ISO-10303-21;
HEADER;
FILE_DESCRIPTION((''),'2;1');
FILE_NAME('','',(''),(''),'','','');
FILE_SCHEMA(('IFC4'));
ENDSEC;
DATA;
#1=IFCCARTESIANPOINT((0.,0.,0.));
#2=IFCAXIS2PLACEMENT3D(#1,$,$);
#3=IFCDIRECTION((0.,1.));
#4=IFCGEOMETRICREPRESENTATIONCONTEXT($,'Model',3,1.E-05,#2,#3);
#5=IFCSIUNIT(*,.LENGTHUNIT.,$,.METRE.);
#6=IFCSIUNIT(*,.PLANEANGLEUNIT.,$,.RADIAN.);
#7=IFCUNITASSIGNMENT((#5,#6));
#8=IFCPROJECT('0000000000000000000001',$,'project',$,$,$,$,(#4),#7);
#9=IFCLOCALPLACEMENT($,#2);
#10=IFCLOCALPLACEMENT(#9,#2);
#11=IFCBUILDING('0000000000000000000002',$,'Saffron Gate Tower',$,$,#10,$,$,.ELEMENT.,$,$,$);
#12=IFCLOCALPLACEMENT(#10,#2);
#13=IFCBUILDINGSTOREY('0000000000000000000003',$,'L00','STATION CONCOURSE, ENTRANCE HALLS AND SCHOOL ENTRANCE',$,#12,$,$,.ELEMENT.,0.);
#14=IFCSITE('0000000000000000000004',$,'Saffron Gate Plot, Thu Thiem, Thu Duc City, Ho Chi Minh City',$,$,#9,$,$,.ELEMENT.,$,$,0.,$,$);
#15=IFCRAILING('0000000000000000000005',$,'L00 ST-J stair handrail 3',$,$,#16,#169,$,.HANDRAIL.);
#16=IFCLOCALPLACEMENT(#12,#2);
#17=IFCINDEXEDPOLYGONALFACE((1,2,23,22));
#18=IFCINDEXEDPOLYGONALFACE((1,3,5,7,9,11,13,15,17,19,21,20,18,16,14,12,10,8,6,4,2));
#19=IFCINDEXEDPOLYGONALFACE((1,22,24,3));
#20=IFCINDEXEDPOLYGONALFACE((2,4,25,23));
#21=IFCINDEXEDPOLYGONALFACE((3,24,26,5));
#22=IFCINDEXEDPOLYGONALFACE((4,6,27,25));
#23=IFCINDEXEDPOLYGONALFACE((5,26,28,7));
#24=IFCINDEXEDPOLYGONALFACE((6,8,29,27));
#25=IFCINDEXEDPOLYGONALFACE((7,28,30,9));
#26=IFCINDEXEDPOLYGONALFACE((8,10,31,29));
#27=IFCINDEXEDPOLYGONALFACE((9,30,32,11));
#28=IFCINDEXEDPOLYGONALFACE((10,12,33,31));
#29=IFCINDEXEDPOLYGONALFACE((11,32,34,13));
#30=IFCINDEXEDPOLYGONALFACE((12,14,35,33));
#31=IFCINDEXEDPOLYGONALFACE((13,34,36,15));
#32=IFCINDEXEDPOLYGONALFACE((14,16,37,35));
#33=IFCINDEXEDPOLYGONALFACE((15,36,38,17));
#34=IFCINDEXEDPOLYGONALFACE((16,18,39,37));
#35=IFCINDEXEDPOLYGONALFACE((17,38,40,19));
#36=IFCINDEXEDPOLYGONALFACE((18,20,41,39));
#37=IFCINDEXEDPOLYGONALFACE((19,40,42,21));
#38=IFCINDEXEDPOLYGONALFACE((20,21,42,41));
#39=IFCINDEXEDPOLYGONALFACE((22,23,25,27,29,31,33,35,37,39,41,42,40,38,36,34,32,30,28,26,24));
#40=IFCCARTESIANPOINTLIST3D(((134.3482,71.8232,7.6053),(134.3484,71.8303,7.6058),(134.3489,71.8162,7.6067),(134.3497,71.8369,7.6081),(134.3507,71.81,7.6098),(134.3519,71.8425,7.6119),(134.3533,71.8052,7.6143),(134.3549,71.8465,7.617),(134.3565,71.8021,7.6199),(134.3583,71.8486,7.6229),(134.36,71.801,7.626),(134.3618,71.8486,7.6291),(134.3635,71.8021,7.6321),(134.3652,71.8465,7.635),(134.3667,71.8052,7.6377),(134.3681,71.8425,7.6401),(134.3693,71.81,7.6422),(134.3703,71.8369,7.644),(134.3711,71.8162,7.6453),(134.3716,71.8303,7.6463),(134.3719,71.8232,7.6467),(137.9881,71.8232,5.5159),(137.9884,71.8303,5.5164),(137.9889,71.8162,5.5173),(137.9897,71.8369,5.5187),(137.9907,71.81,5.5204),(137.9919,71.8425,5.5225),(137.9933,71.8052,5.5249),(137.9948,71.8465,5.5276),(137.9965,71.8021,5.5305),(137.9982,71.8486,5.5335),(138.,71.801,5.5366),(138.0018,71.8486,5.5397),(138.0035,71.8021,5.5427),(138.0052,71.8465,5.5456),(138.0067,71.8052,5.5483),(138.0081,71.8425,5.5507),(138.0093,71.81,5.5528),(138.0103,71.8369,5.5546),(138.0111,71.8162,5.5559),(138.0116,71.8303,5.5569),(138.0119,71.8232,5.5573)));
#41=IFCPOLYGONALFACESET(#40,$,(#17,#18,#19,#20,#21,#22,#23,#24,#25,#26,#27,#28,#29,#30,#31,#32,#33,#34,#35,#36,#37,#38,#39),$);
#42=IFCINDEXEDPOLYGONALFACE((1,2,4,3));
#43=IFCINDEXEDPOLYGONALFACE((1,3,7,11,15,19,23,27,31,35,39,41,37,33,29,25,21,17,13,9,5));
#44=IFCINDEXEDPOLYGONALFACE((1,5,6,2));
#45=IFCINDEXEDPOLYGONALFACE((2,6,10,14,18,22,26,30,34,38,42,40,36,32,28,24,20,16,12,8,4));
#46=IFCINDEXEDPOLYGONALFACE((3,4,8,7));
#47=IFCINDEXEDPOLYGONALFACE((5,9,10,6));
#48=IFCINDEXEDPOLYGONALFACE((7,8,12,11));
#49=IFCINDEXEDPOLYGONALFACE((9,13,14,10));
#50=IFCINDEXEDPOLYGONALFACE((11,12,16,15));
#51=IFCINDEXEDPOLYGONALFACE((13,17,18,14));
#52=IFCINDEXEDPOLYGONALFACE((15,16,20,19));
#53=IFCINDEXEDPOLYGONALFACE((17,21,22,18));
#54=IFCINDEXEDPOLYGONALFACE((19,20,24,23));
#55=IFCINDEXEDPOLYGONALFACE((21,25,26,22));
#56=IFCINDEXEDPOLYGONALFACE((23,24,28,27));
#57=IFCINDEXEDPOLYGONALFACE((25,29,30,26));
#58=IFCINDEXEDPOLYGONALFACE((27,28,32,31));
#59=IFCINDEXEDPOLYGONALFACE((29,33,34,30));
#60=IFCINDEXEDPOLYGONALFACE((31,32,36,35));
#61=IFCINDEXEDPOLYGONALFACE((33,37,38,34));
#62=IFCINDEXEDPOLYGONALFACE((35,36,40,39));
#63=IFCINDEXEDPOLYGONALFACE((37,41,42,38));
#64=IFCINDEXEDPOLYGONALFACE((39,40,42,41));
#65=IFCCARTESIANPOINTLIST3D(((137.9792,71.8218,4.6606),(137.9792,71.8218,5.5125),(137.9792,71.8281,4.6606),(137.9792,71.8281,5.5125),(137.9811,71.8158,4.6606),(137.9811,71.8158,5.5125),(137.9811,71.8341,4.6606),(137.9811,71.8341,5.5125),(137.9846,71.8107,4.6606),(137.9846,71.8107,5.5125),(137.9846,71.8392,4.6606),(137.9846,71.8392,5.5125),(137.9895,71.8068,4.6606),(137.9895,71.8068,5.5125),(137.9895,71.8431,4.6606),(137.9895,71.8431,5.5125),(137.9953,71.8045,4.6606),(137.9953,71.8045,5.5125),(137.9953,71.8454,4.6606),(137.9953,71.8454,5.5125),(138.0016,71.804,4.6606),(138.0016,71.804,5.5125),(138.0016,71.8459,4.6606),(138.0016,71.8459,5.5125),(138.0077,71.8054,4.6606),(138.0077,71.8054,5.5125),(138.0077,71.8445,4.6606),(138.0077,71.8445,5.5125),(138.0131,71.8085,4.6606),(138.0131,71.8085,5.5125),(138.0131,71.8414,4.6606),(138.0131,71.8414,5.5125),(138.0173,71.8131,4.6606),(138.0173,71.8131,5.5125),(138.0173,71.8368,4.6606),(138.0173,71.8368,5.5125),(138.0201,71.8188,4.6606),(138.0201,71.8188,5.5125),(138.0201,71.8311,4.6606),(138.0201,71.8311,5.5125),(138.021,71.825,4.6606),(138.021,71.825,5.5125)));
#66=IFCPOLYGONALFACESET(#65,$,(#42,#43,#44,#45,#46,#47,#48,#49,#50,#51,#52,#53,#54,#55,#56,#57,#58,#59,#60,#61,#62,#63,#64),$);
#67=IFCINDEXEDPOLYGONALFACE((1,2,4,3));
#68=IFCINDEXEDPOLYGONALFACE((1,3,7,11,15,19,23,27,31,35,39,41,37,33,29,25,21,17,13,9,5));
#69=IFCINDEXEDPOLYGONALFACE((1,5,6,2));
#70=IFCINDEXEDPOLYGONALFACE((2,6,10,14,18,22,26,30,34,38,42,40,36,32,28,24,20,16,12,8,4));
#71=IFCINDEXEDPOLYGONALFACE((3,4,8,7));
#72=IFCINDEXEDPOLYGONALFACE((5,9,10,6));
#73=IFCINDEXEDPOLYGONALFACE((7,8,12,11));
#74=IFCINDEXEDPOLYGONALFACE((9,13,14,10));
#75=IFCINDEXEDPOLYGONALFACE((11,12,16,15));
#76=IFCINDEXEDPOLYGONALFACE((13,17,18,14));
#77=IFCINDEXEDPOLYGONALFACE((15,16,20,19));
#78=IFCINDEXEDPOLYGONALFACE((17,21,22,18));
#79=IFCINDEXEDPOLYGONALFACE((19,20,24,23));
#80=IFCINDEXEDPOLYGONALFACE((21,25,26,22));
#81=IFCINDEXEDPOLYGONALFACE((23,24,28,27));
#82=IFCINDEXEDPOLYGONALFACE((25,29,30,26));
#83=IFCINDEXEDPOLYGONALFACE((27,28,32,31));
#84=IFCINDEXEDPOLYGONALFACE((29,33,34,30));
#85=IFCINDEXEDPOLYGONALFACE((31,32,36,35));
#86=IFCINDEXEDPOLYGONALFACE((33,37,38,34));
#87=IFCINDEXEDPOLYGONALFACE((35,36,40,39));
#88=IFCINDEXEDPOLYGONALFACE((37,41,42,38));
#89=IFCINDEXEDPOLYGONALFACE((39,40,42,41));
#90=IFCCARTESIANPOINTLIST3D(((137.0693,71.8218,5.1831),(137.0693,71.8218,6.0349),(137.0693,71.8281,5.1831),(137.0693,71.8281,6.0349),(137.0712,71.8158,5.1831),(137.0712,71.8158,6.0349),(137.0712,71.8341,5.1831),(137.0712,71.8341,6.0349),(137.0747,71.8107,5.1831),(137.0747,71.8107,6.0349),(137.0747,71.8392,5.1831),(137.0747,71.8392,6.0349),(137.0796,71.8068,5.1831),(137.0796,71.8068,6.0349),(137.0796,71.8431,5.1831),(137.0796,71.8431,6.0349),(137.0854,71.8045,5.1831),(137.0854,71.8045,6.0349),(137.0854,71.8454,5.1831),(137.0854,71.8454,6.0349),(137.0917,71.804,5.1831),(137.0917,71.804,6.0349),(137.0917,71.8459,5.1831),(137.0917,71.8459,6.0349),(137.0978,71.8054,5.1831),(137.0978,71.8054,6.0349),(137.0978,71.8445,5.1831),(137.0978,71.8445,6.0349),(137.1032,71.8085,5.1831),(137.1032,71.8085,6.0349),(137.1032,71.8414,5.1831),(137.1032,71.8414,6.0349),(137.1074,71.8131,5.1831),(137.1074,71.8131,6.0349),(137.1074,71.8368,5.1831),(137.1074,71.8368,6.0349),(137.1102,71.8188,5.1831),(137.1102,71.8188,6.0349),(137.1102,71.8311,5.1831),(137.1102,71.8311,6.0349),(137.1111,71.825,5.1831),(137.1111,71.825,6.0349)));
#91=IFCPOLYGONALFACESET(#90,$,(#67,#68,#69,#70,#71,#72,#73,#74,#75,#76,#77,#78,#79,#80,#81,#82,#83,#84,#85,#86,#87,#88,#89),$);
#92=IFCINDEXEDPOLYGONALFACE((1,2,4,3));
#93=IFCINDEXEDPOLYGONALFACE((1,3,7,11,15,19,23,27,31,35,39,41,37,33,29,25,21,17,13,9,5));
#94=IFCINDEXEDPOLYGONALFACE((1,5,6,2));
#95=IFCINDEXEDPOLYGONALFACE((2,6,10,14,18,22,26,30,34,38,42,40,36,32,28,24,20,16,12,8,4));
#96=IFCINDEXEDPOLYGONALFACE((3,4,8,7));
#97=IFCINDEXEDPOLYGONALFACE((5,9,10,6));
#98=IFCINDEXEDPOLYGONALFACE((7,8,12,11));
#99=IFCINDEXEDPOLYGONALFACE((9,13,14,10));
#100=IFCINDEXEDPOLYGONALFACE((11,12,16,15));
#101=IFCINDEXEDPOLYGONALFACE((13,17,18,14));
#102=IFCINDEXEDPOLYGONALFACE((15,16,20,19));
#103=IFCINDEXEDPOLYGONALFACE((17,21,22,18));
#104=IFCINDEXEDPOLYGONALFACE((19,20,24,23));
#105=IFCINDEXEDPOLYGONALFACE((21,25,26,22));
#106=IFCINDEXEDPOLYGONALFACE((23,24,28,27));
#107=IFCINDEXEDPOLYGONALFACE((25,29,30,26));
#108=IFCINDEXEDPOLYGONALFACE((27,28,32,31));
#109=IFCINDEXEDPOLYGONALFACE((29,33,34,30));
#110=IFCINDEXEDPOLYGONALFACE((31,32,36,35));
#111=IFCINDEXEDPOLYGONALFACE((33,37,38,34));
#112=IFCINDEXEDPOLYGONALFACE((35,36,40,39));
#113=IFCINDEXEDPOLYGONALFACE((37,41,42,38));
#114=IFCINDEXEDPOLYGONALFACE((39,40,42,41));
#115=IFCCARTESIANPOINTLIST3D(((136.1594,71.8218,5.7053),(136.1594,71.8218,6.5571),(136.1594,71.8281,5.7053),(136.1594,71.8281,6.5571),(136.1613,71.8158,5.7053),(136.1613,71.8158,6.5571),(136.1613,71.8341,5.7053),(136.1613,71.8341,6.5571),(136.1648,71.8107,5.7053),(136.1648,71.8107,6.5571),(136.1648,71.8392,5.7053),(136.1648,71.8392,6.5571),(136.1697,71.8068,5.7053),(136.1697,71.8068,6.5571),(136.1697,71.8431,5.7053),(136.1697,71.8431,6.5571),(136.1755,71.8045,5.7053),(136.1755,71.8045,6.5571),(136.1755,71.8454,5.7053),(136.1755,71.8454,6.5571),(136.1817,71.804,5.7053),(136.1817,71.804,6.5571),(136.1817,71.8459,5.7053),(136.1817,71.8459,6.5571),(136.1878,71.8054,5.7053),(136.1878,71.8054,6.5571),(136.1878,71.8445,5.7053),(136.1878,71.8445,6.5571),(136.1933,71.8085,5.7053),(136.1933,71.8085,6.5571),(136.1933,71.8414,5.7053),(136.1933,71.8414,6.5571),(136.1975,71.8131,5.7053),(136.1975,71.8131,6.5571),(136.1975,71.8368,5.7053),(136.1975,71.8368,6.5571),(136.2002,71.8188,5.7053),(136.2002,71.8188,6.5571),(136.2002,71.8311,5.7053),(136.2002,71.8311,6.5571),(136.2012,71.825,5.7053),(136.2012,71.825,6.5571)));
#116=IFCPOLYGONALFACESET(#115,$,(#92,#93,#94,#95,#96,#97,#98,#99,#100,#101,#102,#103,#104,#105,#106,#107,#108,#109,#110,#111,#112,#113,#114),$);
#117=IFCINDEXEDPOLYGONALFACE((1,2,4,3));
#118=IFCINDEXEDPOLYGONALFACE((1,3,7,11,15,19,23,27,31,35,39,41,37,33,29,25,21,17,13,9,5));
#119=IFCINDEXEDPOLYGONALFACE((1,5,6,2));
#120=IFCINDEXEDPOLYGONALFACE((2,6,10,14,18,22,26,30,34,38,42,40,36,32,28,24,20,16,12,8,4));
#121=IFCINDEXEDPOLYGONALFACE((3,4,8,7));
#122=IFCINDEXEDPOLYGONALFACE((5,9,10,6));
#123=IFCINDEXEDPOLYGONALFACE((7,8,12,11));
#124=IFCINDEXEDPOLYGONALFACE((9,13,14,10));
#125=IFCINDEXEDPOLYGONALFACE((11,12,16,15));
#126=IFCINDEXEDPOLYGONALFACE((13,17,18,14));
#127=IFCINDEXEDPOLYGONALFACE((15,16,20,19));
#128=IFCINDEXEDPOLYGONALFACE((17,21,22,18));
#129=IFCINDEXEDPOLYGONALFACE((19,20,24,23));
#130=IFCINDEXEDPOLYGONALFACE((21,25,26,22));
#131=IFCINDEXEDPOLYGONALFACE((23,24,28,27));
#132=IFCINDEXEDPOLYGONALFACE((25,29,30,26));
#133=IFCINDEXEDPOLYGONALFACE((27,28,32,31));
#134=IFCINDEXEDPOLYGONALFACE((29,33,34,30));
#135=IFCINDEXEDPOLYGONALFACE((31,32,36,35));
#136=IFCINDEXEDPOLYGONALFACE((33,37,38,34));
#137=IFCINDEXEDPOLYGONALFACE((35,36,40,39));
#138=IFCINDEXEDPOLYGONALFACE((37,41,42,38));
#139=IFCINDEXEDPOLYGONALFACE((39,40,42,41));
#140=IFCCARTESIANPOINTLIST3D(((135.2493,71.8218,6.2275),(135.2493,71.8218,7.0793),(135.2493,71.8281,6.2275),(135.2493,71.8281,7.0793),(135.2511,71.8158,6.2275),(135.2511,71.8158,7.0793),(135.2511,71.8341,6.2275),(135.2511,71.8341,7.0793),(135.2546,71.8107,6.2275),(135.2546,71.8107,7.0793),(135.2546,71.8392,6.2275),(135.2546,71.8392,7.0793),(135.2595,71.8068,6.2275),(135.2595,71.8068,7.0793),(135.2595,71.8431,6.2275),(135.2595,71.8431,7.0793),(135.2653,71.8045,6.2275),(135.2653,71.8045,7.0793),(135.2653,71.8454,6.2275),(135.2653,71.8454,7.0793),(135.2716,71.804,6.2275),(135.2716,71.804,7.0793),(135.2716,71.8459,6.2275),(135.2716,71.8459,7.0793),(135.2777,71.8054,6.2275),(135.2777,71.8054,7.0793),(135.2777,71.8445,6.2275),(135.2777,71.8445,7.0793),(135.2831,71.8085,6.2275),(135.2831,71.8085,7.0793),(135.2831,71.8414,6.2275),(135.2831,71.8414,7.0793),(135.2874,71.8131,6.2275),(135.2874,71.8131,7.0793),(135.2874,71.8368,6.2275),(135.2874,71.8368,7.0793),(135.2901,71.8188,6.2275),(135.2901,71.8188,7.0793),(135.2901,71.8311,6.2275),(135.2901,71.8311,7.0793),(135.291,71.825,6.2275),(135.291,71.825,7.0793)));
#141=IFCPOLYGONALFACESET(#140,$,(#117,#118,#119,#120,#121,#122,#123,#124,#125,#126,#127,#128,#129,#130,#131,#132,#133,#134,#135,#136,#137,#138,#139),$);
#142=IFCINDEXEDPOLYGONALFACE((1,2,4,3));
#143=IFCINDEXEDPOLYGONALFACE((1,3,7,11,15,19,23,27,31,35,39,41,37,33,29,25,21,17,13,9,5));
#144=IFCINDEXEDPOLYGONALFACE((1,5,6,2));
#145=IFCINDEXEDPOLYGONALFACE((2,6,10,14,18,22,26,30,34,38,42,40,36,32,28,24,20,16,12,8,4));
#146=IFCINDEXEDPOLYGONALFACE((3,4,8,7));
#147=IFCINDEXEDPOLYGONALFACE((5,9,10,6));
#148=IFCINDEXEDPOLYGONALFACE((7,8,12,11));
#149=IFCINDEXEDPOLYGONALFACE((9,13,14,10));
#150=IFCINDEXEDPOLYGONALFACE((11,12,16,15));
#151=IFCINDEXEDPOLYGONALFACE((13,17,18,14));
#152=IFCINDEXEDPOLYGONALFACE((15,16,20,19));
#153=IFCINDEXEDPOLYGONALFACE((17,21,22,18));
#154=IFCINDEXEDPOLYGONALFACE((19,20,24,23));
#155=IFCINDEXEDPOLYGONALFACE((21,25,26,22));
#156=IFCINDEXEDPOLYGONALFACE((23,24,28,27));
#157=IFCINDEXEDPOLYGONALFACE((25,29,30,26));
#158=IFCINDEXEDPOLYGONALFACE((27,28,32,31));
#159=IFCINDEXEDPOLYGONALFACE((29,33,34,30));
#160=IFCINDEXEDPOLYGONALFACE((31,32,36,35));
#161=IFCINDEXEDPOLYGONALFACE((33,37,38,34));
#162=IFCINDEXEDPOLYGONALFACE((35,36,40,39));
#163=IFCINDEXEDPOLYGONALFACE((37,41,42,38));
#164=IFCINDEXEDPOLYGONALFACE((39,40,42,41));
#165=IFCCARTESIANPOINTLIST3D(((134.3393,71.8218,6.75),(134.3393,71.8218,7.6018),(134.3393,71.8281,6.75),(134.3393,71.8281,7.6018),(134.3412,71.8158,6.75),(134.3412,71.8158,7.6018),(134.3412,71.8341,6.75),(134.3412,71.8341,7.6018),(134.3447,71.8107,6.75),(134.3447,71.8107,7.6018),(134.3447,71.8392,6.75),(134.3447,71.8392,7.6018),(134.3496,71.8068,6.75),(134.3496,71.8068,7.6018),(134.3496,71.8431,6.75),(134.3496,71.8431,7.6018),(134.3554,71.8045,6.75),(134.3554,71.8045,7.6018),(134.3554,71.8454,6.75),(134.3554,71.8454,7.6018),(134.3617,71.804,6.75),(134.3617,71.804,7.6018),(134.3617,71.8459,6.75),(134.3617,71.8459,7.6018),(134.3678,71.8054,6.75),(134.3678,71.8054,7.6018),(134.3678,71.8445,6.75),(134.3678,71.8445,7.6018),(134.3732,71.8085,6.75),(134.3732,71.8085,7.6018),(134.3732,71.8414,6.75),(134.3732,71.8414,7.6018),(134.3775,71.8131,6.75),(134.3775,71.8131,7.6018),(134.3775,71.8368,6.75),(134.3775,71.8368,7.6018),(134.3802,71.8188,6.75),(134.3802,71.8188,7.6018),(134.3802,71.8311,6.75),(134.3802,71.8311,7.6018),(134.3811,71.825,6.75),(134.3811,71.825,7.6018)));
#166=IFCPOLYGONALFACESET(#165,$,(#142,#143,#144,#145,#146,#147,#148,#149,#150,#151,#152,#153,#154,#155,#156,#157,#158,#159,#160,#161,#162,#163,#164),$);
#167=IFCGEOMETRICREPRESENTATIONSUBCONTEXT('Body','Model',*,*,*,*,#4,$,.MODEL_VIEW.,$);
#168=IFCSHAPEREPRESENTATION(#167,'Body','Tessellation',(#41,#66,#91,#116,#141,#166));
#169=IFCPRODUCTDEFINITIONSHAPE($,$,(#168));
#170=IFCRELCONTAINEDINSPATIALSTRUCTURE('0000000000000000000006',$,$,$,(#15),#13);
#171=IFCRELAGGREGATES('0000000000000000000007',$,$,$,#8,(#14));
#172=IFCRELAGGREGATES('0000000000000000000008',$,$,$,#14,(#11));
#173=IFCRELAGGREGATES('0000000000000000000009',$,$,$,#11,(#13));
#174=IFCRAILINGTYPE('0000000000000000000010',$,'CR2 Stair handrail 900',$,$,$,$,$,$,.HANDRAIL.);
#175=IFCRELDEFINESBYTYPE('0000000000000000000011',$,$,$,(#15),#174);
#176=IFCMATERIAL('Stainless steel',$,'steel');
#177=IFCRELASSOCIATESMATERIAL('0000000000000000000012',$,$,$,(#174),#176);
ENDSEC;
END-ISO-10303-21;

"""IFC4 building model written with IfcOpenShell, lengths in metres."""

from ifc_helpers import new_model, si_unit, direction, frame, origin, origin_2d, place, context, subcontext, project, spatial, circle, extrude, material, type_object, element, save


model = new_model("IFC4")

# Units and contexts
model_context = context("Model", 3, precision=1e-05, world=origin(), true_north=direction((0.0, 1.0)))
body_context = subcontext(model_context, "Body", "Model", "MODEL_VIEW")
ifc_project = project(units=[si_unit("LENGTHUNIT", "METRE"), si_unit("PLANEANGLEUNIT", "RADIAN")], contexts=[model_context])

# Site, building, storey
site_placement = place(None, origin())
site = spatial("IfcSite", under=ifc_project, at=site_placement, Name="Saffron Gate Plot, Thu Thiem, Thu Duc City, Ho Chi Minh City", CompositionType="ELEMENT", RefElevation=0.0)
building_placement = place(site_placement, origin())
building = spatial("IfcBuilding", under=site, at=building_placement, Name="Saffron Gate Tower", CompositionType="ELEMENT")
storey_placement = place(building_placement, origin())
storey = spatial("IfcBuildingStorey", under=building, at=storey_placement, Name="L00", Description="STATION CONCOURSE, ENTRANCE HALLS AND SCHOOL ENTRANCE", CompositionType="ELEMENT", Elevation=0.0)

# Railing
ifc_material_1 = material(Name="Stainless steel", Category="steel")
railing_type_1 = type_object("IfcRailingType", Name="CR2 Stair handrail 900", PredefinedType="HANDRAIL", material=ifc_material_1)
railing_1_placement = place(storey_placement, frame((138.0, 71.825, 4.6606)))
element("IfcRailing", 1, at=railing_1_placement, inside=storey, type_object=railing_type_1, Name="L00 ST-J stair handrail 3", PredefinedType="HANDRAIL", context=body_context, shape_type="SweptSolid", body=[
    extrude(circle(Radius=0.0239, at=origin_2d()), frame((0.0, 0.0, 0.876), z_axis=(-0.867275, 0.0, 0.497829), x_axis=(0.0, -1.0, 0.0)), (0.0, 0.0, 1.0), 4.197),
    extrude(circle(Radius=0.021, at=origin_2d()), origin(), (0.0, 0.0, 1.0), 0.8518),
    extrude(circle(Radius=0.021, at=origin_2d()), frame((-0.9099, 0.0, 0.5225)), (0.0, 0.0, 1.0), 0.8518),
    extrude(circle(Radius=0.021, at=origin_2d()), frame((-1.8198, 0.0, 1.0447)), (0.0, 0.0, 1.0), 0.8518),
    extrude(circle(Radius=0.021, at=origin_2d()), frame((-2.73, 0.0, 1.5669)), (0.0, 0.0, 1.0), 0.8518),
    extrude(circle(Radius=0.021, at=origin_2d()), frame((-3.6399, 0.0, 2.0894)), (0.0, 0.0, 1.0), 0.8518),
])

save(model, "model.ifc")
